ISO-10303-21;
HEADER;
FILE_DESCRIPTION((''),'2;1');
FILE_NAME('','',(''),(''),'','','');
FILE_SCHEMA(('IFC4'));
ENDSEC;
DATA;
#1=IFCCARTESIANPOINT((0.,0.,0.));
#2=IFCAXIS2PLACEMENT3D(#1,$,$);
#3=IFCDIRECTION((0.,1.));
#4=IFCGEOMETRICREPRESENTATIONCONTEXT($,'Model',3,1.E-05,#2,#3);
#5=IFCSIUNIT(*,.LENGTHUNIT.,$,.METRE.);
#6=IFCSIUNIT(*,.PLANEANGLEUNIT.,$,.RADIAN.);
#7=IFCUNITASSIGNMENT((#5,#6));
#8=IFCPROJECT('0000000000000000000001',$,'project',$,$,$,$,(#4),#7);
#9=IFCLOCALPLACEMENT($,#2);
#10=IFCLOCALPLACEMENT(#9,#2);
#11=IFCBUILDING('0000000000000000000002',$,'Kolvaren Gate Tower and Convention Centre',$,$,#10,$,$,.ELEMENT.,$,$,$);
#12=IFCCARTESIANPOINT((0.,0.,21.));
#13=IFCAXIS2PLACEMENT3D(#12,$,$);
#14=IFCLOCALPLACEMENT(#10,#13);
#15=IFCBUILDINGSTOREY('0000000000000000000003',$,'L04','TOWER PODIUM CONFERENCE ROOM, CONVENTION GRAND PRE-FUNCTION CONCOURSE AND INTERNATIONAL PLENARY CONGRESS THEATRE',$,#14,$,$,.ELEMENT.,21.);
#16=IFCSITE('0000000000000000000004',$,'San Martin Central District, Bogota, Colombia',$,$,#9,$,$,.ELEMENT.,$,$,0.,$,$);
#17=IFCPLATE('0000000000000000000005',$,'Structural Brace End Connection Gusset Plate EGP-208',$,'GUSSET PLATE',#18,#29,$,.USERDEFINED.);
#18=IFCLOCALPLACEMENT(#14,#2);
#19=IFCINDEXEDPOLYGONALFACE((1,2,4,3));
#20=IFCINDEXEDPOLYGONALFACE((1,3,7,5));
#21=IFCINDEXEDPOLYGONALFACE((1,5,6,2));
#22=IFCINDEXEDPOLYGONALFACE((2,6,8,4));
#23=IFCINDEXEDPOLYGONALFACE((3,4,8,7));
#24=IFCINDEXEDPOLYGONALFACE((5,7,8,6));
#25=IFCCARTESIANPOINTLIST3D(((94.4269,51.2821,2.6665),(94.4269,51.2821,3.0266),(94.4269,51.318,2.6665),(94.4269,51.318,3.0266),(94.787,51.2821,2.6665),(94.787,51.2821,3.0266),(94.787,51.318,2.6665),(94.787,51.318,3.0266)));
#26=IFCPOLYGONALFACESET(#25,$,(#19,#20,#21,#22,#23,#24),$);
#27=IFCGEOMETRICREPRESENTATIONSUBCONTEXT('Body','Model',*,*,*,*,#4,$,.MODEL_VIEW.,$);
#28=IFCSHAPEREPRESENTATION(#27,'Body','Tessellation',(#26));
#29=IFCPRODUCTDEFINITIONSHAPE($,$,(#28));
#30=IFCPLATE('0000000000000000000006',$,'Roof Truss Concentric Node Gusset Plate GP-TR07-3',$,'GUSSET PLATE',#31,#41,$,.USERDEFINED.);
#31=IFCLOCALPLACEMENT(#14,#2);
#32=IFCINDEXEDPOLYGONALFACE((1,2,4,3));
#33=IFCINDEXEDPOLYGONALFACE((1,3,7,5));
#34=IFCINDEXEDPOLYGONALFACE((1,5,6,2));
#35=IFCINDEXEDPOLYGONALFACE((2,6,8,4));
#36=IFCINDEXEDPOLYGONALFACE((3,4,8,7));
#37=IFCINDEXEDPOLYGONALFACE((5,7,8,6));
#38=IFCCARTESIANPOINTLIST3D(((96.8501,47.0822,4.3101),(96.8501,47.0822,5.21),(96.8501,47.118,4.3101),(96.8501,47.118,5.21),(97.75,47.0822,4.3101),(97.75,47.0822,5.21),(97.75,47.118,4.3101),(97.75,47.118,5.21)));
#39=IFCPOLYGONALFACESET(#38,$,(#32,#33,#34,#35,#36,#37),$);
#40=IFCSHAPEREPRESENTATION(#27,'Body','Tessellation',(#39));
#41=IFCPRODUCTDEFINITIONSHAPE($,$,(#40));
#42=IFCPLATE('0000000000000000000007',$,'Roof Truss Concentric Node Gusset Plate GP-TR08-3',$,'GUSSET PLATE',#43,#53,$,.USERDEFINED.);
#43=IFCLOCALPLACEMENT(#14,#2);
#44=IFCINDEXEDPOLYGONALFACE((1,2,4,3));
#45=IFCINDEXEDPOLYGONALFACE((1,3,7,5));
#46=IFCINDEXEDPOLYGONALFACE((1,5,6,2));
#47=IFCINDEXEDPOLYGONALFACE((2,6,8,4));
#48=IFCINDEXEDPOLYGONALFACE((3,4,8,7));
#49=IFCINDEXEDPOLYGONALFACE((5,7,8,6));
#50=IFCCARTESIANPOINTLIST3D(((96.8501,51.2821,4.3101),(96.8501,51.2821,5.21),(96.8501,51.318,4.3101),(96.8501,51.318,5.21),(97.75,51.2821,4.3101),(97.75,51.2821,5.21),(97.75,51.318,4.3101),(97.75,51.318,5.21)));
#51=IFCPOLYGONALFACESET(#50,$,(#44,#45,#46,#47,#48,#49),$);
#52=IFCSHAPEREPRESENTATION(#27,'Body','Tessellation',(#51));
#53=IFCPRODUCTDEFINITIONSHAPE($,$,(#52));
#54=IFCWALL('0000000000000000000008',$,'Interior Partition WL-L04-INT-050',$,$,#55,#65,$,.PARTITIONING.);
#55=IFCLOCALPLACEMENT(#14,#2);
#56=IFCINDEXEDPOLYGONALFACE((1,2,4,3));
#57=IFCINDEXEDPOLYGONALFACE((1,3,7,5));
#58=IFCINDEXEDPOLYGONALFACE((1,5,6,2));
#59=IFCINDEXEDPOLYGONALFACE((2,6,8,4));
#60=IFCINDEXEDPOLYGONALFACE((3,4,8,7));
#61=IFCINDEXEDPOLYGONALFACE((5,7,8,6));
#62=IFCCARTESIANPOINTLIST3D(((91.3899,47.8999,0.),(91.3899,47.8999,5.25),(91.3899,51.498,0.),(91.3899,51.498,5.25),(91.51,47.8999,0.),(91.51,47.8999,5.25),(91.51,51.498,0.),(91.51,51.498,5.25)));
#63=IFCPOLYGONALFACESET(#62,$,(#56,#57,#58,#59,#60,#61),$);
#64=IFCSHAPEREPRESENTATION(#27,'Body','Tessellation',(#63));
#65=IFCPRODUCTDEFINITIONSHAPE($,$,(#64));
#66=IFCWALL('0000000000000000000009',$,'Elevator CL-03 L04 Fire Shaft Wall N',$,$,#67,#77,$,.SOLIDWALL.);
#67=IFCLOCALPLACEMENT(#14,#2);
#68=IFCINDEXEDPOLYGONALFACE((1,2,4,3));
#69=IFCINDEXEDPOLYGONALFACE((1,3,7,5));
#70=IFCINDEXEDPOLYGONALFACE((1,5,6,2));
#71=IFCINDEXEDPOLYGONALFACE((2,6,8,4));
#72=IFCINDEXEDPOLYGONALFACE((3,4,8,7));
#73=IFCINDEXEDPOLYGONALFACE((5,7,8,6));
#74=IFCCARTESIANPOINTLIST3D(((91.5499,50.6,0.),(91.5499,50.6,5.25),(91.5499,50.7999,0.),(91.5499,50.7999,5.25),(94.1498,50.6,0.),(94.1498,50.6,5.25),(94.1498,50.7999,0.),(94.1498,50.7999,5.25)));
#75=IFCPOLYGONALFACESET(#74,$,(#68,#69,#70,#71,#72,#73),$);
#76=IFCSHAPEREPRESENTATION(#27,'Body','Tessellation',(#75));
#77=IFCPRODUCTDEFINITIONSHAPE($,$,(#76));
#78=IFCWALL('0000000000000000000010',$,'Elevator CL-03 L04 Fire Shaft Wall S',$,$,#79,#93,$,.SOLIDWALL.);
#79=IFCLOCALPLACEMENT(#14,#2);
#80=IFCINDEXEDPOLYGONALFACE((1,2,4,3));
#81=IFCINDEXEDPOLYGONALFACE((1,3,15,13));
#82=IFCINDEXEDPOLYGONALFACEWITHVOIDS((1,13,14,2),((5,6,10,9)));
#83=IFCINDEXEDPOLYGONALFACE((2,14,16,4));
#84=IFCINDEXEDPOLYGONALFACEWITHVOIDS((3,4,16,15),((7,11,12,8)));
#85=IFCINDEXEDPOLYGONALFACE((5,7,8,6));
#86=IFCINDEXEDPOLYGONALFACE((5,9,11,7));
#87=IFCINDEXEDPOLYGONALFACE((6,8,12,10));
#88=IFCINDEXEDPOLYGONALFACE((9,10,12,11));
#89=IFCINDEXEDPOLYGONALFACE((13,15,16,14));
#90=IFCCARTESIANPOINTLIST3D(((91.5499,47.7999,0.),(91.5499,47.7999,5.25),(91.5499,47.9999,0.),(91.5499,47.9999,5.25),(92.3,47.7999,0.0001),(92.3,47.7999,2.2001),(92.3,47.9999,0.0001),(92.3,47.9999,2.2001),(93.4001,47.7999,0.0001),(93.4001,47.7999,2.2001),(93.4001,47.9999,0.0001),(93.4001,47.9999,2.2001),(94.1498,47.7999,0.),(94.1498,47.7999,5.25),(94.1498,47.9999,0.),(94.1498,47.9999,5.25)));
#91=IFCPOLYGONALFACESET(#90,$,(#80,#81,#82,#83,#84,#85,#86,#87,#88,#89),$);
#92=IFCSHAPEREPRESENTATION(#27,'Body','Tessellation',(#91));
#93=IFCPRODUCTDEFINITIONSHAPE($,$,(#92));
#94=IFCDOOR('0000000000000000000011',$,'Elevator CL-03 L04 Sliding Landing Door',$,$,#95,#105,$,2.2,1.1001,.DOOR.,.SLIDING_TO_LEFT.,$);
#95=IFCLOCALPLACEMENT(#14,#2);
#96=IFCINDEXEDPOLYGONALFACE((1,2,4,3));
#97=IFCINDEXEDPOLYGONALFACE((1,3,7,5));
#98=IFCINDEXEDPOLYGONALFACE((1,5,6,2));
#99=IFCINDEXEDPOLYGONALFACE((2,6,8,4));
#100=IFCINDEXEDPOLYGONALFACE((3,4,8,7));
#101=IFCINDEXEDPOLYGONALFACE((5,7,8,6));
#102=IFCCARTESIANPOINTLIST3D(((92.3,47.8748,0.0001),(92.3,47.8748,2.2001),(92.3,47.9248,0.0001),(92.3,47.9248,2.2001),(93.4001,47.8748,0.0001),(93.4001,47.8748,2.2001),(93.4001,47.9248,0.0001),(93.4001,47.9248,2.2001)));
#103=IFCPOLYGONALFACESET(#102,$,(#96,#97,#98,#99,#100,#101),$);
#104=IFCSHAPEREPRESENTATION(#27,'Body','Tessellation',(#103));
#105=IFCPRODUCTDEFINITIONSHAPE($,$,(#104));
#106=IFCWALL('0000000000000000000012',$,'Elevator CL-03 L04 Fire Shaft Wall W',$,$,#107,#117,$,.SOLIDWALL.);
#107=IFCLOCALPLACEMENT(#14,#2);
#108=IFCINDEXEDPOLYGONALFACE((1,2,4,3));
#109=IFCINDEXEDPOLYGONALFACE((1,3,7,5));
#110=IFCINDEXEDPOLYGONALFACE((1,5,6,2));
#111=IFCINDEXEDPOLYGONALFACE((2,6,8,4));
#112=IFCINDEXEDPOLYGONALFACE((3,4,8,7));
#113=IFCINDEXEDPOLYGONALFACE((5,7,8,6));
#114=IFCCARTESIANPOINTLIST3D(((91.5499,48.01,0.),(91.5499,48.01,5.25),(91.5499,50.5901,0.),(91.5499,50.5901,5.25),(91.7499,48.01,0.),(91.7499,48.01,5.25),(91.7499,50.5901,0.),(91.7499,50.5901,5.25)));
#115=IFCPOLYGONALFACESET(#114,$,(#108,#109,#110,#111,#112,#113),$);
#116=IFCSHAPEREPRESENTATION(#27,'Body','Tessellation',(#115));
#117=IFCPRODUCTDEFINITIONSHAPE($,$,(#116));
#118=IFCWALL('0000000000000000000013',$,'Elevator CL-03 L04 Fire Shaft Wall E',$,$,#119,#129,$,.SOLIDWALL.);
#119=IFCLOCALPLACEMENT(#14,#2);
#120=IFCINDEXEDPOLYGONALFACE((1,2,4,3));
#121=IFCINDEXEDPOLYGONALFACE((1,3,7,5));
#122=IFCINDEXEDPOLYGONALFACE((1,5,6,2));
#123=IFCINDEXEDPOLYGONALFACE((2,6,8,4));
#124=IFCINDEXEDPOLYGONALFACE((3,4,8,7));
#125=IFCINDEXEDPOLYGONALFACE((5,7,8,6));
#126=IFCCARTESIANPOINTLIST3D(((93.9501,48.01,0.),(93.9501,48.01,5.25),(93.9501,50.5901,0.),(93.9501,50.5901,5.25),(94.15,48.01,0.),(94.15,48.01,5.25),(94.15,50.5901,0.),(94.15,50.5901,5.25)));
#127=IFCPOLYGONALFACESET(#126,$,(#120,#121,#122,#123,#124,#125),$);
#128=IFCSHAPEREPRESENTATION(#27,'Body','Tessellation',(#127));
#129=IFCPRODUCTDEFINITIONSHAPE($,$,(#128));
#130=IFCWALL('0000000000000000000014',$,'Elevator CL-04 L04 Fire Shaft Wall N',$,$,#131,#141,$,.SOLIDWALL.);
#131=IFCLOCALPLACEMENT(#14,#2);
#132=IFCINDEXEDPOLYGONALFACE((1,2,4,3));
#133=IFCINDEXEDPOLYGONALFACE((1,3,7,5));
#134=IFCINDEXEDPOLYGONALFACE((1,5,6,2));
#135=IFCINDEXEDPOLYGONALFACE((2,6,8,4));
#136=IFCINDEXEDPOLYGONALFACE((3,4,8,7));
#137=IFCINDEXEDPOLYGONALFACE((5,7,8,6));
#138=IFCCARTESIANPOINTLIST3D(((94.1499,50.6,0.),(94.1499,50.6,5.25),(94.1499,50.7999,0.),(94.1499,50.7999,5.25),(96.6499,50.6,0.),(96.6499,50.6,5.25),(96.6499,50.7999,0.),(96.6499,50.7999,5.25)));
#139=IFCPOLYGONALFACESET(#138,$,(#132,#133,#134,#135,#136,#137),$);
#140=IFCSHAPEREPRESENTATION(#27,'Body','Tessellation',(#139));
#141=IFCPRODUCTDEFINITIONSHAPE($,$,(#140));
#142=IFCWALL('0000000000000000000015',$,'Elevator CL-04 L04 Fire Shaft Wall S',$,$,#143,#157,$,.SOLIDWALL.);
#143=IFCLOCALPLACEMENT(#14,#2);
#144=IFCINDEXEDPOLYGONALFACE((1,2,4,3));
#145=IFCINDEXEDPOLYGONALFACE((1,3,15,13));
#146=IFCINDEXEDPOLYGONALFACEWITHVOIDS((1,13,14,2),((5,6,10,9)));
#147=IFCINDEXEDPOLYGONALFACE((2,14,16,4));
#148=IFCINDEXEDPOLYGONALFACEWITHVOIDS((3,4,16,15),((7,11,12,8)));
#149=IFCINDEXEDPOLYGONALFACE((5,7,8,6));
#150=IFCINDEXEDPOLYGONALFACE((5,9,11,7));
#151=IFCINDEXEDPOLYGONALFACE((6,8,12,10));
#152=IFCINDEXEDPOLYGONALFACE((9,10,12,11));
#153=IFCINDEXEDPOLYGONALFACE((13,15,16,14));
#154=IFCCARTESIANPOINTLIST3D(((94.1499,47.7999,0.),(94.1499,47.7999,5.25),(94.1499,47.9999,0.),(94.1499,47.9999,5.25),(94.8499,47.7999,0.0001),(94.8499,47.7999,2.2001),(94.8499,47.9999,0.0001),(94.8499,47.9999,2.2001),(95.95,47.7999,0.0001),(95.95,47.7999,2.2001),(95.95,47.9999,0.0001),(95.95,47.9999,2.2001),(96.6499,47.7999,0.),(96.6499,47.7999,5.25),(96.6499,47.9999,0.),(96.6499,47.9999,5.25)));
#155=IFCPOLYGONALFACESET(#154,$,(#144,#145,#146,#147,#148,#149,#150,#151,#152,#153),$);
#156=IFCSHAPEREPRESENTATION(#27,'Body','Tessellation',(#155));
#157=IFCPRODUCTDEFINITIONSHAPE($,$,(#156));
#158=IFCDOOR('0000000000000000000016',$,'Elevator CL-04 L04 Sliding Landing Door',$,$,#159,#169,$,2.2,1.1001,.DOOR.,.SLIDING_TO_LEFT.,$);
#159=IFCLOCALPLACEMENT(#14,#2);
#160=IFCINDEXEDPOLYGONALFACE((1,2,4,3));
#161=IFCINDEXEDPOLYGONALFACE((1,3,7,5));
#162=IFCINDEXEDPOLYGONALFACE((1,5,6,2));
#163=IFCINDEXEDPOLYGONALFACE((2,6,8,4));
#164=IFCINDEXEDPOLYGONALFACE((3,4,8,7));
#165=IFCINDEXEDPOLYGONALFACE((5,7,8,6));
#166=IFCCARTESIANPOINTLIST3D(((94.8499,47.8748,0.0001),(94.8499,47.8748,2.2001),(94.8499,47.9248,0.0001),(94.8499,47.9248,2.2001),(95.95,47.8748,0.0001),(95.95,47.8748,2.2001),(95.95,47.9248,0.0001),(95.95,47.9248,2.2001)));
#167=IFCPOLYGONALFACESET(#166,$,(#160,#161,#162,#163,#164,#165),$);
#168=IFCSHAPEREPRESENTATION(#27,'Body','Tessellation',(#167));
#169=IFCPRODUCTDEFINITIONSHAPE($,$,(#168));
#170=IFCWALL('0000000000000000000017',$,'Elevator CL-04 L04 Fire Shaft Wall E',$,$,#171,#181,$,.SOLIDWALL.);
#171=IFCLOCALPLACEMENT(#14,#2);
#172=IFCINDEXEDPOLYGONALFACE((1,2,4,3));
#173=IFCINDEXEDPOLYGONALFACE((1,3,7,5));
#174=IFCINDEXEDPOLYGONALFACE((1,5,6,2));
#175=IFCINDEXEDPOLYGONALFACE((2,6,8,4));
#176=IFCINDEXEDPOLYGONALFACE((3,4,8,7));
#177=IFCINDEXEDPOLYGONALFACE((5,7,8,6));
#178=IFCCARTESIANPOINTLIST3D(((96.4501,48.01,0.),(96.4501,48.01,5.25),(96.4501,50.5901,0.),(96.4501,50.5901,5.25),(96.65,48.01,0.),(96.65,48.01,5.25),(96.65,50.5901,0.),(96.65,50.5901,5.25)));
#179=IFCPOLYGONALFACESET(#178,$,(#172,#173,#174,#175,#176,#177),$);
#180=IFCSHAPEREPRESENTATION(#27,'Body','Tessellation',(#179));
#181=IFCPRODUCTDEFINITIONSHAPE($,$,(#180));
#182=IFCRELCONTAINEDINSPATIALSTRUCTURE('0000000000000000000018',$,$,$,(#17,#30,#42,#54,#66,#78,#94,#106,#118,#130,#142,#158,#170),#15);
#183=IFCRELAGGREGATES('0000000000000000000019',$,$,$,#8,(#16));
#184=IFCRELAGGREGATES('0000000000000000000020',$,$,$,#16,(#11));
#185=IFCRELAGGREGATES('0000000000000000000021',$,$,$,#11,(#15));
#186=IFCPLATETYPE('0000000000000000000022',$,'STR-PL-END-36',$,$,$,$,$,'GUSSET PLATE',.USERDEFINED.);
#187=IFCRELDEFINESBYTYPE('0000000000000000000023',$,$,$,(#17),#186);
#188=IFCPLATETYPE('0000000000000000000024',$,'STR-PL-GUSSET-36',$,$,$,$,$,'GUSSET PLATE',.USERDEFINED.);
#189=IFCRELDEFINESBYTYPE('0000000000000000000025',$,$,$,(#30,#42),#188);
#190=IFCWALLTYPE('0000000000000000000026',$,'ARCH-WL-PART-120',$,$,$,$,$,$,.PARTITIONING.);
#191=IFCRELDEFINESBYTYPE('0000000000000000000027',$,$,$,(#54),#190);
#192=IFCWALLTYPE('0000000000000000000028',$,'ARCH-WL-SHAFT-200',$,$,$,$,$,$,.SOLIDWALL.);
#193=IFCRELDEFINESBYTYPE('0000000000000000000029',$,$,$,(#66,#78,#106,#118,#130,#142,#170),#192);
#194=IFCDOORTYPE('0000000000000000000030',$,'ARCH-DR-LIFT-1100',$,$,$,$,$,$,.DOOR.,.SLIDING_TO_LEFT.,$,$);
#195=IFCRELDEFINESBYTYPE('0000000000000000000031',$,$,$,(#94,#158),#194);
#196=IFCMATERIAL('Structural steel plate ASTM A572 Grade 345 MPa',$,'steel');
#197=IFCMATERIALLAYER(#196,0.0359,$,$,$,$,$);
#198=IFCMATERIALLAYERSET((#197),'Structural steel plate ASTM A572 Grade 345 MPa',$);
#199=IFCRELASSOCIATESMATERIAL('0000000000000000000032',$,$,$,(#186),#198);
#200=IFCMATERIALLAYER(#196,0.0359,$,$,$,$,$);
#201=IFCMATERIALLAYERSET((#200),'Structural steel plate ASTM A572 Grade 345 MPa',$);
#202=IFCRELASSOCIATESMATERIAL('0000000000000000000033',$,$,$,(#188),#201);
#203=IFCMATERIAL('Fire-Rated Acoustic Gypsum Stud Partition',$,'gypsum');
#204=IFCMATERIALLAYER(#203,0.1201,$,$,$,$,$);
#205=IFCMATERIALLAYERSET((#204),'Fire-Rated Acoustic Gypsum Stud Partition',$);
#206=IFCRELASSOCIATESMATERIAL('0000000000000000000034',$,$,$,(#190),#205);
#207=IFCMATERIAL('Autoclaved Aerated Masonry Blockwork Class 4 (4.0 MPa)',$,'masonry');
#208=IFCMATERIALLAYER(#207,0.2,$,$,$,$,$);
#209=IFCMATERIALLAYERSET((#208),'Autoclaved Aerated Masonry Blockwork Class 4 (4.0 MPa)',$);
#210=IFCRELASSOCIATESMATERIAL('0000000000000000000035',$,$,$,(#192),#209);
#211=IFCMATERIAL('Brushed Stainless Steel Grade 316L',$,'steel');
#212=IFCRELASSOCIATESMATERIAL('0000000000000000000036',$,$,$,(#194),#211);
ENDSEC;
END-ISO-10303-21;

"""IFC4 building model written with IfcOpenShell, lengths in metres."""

from ifc_helpers import new_model, si_unit, direction, frame, frame_2d, origin, origin_2d, place, context, subcontext, project, spatial, rectangle, extrude, material, layer, layer_set, type_object, element, fill, save


model = new_model("IFC4")

# Units and contexts
model_context = context("Model", 3, precision=1e-05, world=origin(), true_north=direction((0.0, 1.0)))
body_context = subcontext(model_context, "Body", "Model", "MODEL_VIEW")
ifc_project = project(units=[si_unit("LENGTHUNIT", "METRE"), si_unit("PLANEANGLEUNIT", "RADIAN")], contexts=[model_context])

# Site, building, storey
site_placement = place(None, origin())
site = spatial("IfcSite", under=ifc_project, at=site_placement, Name="San Martin Central District, Bogota, Colombia", CompositionType="ELEMENT", RefElevation=0.0)
building_placement = place(site_placement, origin())
building = spatial("IfcBuilding", under=site, at=building_placement, Name="Kolvaren Gate Tower and Convention Centre", CompositionType="ELEMENT")
storey_placement = place(building_placement, frame((0.0, 0.0, 21.0)))
storey = spatial("IfcBuildingStorey", under=building, at=storey_placement, Name="L04", Description="TOWER PODIUM CONFERENCE ROOM, CONVENTION GRAND PRE-FUNCTION CONCOURSE AND INTERNATIONAL PLENARY CONGRESS THEATRE", CompositionType="ELEMENT", Elevation=21.0)

# Plates
ifc_material_1 = material(Name="Structural steel plate ASTM A572 Grade 345 MPa", Category="steel")
ifc_layer_1 = layer(ifc_material_1, 0.0359)
ifc_layer_set_1 = layer_set([ifc_layer_1], Name="Structural steel plate ASTM A572 Grade 345 MPa")
plate_type_1 = type_object("IfcPlateType", Name="STR-PL-END-36", ElementType="GUSSET PLATE", PredefinedType="USERDEFINED", material=ifc_layer_set_1)
for number, where, z_axis, x_axis, name in (
    (1, (94.6069, 51.3, 2.6665), (0.0, 0.0, 1.0), (1.0, 0.0, 0.0), "Structural Brace End Connection Gusset Plate EGP-208"),
):
    element("IfcPlate", number, at=place(storey_placement, frame(where, z_axis=z_axis, x_axis=x_axis)), inside=storey, type_object=plate_type_1, Name=name, ObjectType="GUSSET PLATE", PredefinedType="USERDEFINED", context=body_context, shape_type="SweptSolid", body=[
        extrude(rectangle(XDim=0.3601, YDim=0.0359, at=origin_2d()), origin(), (0.0, 0.0, 1.0), 0.3601),
    ])
ifc_layer_2 = layer(ifc_material_1, 0.0359)
ifc_layer_set_2 = layer_set([ifc_layer_2], Name="Structural steel plate ASTM A572 Grade 345 MPa")
plate_type_2 = type_object("IfcPlateType", Name="STR-PL-GUSSET-36", ElementType="GUSSET PLATE", PredefinedType="USERDEFINED", material=ifc_layer_set_2)
for number, where, z_axis, x_axis, name in (
    (2, (97.3, 47.1001, 4.3101), (0.0, 0.0, 1.0), (1.0, 0.0, 0.0), "Roof Truss Concentric Node Gusset Plate GP-TR07-3"),
    (3, (97.3, 51.3, 4.3101), (0.0, 0.0, 1.0), (1.0, 0.0, 0.0), "Roof Truss Concentric Node Gusset Plate GP-TR08-3"),
):
    element("IfcPlate", number, at=place(storey_placement, frame(where, z_axis=z_axis, x_axis=x_axis)), inside=storey, type_object=plate_type_2, Name=name, ObjectType="GUSSET PLATE", PredefinedType="USERDEFINED", context=body_context, shape_type="SweptSolid", body=[
        extrude(rectangle(XDim=0.8999, YDim=0.0359, at=origin_2d()), origin(), (0.0, 0.0, 1.0), 0.8999),
    ])

# Walls
ifc_material_2 = material(Name="Fire-Rated Acoustic Gypsum Stud Partition", Category="gypsum")
ifc_layer_3 = layer(ifc_material_2, 0.1201)
ifc_layer_set_3 = layer_set([ifc_layer_3], Name="Fire-Rated Acoustic Gypsum Stud Partition")
wall_type_1 = type_object("IfcWallType", Name="ARCH-WL-PART-120", PredefinedType="PARTITIONING", material=ifc_layer_set_3)
wall_1_placement = place(storey_placement, frame((91.45, 47.8999, 0.0), z_axis=(0.0, 0.0, 1.0), x_axis=(0.0, 1.0, 0.0)))
element("IfcWall", 4, at=wall_1_placement, inside=storey, type_object=wall_type_1, Name="Interior Partition WL-L04-INT-050", PredefinedType="PARTITIONING", context=body_context, shape_type="SweptSolid", body=[
    extrude(rectangle(XDim=3.5981, YDim=0.1201, at=frame_2d((1.7991, 0.0))), origin(), (0.0, 0.0, 1.0), 5.25),
])
ifc_material_3 = material(Name="Autoclaved Aerated Masonry Blockwork Class 4 (4.0 MPa)", Category="masonry")
ifc_layer_4 = layer(ifc_material_3, 0.2)
ifc_layer_set_4 = layer_set([ifc_layer_4], Name="Autoclaved Aerated Masonry Blockwork Class 4 (4.0 MPa)")
wall_type_2 = type_object("IfcWallType", Name="ARCH-WL-SHAFT-200", PredefinedType="SOLIDWALL", material=ifc_layer_set_4)
wall_2_placement = place(storey_placement, frame((91.55, 50.7, 0.0), z_axis=(0.0, 0.0, 1.0), x_axis=(1.0, 0.0, 0.0)))
element("IfcWall", 5, at=wall_2_placement, inside=storey, type_object=wall_type_2, Name="Elevator CL-03 L04 Fire Shaft Wall N", PredefinedType="SOLIDWALL", context=body_context, shape_type="SweptSolid", body=[
    extrude(rectangle(XDim=2.5999, YDim=0.2, at=frame_2d((1.2998, 0.0))), origin(), (0.0, 0.0, 1.0), 5.25),
])

# Wall, opening, door
wall_3_placement = place(storey_placement, frame((91.55, 47.8999, 0.0), z_axis=(0.0, 0.0, 1.0), x_axis=(1.0, 0.0, 0.0)))
wall_3 = element("IfcWall", 6, at=wall_3_placement, inside=storey, type_object=wall_type_2, Name="Elevator CL-03 L04 Fire Shaft Wall S", PredefinedType="SOLIDWALL", context=body_context, shape_type="SweptSolid", body=[
    extrude(rectangle(XDim=2.5999, YDim=0.2, at=frame_2d((1.2998, 0.0))), origin(), (0.0, 0.0, 1.0), 5.25),
])
opening_1_placement = place(wall_3_placement, frame((0.75, 0.0, 0.0)))
opening_1 = element("IfcOpeningElement", 7, at=opening_1_placement, cuts=wall_3, PredefinedType="OPENING", context=body_context, shape_type="SweptSolid", body=[
    extrude(rectangle(XDim=1.1001, YDim=2.2, at=frame_2d((0.55, 1.1001))), frame((0.0, 0.1099, 0.0), z_axis=(0.0, -1.0, 0.0), x_axis=(1.0, 0.0, 0.0)), (0.0, 0.0, 1.0), 0.22),
])
ifc_material_4 = material(Name="Brushed Stainless Steel Grade 316L", Category="steel")
door_type = type_object("IfcDoorType", Name="ARCH-DR-LIFT-1100", OperationType="SLIDING_TO_LEFT", PredefinedType="DOOR", material=ifc_material_4)
door_1_placement = place(opening_1_placement, origin())
door_1 = element("IfcDoor", 8, at=door_1_placement, inside=storey, type_object=door_type, Name="Elevator CL-03 L04 Sliding Landing Door", OperationType="SLIDING_TO_LEFT", OverallHeight=2.2, OverallWidth=1.1001, PredefinedType="DOOR", context=body_context, shape_type="SweptSolid", body=[
    extrude(rectangle(XDim=1.1001, YDim=2.2, at=frame_2d((0.55, 1.1001))), frame((0.0, 0.0249, 0.0), z_axis=(0.0, -1.0, 0.0), x_axis=(1.0, 0.0, 0.0)), (0.0, 0.0, 1.0), 0.05),
])
fill(opening_1, door_1)

# Walls
for number, where, z_axis, x_axis, name in (
    (9, (91.6499, 48.01, 0.0), (0.0, 0.0, 1.0), (0.0, 1.0, 0.0), "Elevator CL-03 L04 Fire Shaft Wall W"),
    (10, (94.05, 48.01, 0.0), (0.0, 0.0, 1.0), (0.0, 1.0, 0.0), "Elevator CL-03 L04 Fire Shaft Wall E"),
):
    element("IfcWall", number, at=place(storey_placement, frame(where, z_axis=z_axis, x_axis=x_axis)), inside=storey, type_object=wall_type_2, Name=name, PredefinedType="SOLIDWALL", context=body_context, shape_type="SweptSolid", body=[
        extrude(rectangle(XDim=2.5801, YDim=0.2, at=frame_2d((1.29, 0.0))), origin(), (0.0, 0.0, 1.0), 5.25),
    ])
wall_4_placement = place(storey_placement, frame((94.1499, 50.7, 0.0), z_axis=(0.0, 0.0, 1.0), x_axis=(1.0, 0.0, 0.0)))
element("IfcWall", 11, at=wall_4_placement, inside=storey, type_object=wall_type_2, Name="Elevator CL-04 L04 Fire Shaft Wall N", PredefinedType="SOLIDWALL", context=body_context, shape_type="SweptSolid", body=[
    extrude(rectangle(XDim=2.5, YDim=0.2, at=frame_2d((1.25, 0.0))), origin(), (0.0, 0.0, 1.0), 5.25),
])

# Wall, opening, door
wall_5_placement = place(storey_placement, frame((94.1499, 47.8999, 0.0), z_axis=(0.0, 0.0, 1.0), x_axis=(1.0, 0.0, 0.0)))
wall_5 = element("IfcWall", 12, at=wall_5_placement, inside=storey, type_object=wall_type_2, Name="Elevator CL-04 L04 Fire Shaft Wall S", PredefinedType="SOLIDWALL", context=body_context, shape_type="SweptSolid", body=[
    extrude(rectangle(XDim=2.5, YDim=0.2, at=frame_2d((1.25, 0.0))), origin(), (0.0, 0.0, 1.0), 5.25),
])
opening_2_placement = place(wall_5_placement, frame((0.7, 0.0, 0.0)))
opening_2 = element("IfcOpeningElement", 13, at=opening_2_placement, cuts=wall_5, PredefinedType="OPENING", context=body_context, shape_type="SweptSolid", body=[
    extrude(rectangle(XDim=1.1001, YDim=2.2, at=frame_2d((0.55, 1.1001))), frame((0.0, 0.1099, 0.0), z_axis=(0.0, -1.0, 0.0), x_axis=(1.0, 0.0, 0.0)), (0.0, 0.0, 1.0), 0.22),
])
door_2_placement = place(opening_2_placement, origin())
door_2 = element("IfcDoor", 14, at=door_2_placement, inside=storey, type_object=door_type, Name="Elevator CL-04 L04 Sliding Landing Door", OperationType="SLIDING_TO_LEFT", OverallHeight=2.2, OverallWidth=1.1001, PredefinedType="DOOR", context=body_context, shape_type="SweptSolid", body=[
    extrude(rectangle(XDim=1.1001, YDim=2.2, at=frame_2d((0.55, 1.1001))), frame((0.0, 0.0249, 0.0), z_axis=(0.0, -1.0, 0.0), x_axis=(1.0, 0.0, 0.0)), (0.0, 0.0, 1.0), 0.05),
])
fill(opening_2, door_2)

# Wall
wall_6_placement = place(storey_placement, frame((96.55, 48.01, 0.0), z_axis=(0.0, 0.0, 1.0), x_axis=(0.0, 1.0, 0.0)))
element("IfcWall", 15, at=wall_6_placement, inside=storey, type_object=wall_type_2, Name="Elevator CL-04 L04 Fire Shaft Wall E", PredefinedType="SOLIDWALL", context=body_context, shape_type="SweptSolid", body=[
    extrude(rectangle(XDim=2.5801, YDim=0.2, at=frame_2d((1.29, 0.0))), origin(), (0.0, 0.0, 1.0), 5.25),
])

save(model, "model.ifc")
